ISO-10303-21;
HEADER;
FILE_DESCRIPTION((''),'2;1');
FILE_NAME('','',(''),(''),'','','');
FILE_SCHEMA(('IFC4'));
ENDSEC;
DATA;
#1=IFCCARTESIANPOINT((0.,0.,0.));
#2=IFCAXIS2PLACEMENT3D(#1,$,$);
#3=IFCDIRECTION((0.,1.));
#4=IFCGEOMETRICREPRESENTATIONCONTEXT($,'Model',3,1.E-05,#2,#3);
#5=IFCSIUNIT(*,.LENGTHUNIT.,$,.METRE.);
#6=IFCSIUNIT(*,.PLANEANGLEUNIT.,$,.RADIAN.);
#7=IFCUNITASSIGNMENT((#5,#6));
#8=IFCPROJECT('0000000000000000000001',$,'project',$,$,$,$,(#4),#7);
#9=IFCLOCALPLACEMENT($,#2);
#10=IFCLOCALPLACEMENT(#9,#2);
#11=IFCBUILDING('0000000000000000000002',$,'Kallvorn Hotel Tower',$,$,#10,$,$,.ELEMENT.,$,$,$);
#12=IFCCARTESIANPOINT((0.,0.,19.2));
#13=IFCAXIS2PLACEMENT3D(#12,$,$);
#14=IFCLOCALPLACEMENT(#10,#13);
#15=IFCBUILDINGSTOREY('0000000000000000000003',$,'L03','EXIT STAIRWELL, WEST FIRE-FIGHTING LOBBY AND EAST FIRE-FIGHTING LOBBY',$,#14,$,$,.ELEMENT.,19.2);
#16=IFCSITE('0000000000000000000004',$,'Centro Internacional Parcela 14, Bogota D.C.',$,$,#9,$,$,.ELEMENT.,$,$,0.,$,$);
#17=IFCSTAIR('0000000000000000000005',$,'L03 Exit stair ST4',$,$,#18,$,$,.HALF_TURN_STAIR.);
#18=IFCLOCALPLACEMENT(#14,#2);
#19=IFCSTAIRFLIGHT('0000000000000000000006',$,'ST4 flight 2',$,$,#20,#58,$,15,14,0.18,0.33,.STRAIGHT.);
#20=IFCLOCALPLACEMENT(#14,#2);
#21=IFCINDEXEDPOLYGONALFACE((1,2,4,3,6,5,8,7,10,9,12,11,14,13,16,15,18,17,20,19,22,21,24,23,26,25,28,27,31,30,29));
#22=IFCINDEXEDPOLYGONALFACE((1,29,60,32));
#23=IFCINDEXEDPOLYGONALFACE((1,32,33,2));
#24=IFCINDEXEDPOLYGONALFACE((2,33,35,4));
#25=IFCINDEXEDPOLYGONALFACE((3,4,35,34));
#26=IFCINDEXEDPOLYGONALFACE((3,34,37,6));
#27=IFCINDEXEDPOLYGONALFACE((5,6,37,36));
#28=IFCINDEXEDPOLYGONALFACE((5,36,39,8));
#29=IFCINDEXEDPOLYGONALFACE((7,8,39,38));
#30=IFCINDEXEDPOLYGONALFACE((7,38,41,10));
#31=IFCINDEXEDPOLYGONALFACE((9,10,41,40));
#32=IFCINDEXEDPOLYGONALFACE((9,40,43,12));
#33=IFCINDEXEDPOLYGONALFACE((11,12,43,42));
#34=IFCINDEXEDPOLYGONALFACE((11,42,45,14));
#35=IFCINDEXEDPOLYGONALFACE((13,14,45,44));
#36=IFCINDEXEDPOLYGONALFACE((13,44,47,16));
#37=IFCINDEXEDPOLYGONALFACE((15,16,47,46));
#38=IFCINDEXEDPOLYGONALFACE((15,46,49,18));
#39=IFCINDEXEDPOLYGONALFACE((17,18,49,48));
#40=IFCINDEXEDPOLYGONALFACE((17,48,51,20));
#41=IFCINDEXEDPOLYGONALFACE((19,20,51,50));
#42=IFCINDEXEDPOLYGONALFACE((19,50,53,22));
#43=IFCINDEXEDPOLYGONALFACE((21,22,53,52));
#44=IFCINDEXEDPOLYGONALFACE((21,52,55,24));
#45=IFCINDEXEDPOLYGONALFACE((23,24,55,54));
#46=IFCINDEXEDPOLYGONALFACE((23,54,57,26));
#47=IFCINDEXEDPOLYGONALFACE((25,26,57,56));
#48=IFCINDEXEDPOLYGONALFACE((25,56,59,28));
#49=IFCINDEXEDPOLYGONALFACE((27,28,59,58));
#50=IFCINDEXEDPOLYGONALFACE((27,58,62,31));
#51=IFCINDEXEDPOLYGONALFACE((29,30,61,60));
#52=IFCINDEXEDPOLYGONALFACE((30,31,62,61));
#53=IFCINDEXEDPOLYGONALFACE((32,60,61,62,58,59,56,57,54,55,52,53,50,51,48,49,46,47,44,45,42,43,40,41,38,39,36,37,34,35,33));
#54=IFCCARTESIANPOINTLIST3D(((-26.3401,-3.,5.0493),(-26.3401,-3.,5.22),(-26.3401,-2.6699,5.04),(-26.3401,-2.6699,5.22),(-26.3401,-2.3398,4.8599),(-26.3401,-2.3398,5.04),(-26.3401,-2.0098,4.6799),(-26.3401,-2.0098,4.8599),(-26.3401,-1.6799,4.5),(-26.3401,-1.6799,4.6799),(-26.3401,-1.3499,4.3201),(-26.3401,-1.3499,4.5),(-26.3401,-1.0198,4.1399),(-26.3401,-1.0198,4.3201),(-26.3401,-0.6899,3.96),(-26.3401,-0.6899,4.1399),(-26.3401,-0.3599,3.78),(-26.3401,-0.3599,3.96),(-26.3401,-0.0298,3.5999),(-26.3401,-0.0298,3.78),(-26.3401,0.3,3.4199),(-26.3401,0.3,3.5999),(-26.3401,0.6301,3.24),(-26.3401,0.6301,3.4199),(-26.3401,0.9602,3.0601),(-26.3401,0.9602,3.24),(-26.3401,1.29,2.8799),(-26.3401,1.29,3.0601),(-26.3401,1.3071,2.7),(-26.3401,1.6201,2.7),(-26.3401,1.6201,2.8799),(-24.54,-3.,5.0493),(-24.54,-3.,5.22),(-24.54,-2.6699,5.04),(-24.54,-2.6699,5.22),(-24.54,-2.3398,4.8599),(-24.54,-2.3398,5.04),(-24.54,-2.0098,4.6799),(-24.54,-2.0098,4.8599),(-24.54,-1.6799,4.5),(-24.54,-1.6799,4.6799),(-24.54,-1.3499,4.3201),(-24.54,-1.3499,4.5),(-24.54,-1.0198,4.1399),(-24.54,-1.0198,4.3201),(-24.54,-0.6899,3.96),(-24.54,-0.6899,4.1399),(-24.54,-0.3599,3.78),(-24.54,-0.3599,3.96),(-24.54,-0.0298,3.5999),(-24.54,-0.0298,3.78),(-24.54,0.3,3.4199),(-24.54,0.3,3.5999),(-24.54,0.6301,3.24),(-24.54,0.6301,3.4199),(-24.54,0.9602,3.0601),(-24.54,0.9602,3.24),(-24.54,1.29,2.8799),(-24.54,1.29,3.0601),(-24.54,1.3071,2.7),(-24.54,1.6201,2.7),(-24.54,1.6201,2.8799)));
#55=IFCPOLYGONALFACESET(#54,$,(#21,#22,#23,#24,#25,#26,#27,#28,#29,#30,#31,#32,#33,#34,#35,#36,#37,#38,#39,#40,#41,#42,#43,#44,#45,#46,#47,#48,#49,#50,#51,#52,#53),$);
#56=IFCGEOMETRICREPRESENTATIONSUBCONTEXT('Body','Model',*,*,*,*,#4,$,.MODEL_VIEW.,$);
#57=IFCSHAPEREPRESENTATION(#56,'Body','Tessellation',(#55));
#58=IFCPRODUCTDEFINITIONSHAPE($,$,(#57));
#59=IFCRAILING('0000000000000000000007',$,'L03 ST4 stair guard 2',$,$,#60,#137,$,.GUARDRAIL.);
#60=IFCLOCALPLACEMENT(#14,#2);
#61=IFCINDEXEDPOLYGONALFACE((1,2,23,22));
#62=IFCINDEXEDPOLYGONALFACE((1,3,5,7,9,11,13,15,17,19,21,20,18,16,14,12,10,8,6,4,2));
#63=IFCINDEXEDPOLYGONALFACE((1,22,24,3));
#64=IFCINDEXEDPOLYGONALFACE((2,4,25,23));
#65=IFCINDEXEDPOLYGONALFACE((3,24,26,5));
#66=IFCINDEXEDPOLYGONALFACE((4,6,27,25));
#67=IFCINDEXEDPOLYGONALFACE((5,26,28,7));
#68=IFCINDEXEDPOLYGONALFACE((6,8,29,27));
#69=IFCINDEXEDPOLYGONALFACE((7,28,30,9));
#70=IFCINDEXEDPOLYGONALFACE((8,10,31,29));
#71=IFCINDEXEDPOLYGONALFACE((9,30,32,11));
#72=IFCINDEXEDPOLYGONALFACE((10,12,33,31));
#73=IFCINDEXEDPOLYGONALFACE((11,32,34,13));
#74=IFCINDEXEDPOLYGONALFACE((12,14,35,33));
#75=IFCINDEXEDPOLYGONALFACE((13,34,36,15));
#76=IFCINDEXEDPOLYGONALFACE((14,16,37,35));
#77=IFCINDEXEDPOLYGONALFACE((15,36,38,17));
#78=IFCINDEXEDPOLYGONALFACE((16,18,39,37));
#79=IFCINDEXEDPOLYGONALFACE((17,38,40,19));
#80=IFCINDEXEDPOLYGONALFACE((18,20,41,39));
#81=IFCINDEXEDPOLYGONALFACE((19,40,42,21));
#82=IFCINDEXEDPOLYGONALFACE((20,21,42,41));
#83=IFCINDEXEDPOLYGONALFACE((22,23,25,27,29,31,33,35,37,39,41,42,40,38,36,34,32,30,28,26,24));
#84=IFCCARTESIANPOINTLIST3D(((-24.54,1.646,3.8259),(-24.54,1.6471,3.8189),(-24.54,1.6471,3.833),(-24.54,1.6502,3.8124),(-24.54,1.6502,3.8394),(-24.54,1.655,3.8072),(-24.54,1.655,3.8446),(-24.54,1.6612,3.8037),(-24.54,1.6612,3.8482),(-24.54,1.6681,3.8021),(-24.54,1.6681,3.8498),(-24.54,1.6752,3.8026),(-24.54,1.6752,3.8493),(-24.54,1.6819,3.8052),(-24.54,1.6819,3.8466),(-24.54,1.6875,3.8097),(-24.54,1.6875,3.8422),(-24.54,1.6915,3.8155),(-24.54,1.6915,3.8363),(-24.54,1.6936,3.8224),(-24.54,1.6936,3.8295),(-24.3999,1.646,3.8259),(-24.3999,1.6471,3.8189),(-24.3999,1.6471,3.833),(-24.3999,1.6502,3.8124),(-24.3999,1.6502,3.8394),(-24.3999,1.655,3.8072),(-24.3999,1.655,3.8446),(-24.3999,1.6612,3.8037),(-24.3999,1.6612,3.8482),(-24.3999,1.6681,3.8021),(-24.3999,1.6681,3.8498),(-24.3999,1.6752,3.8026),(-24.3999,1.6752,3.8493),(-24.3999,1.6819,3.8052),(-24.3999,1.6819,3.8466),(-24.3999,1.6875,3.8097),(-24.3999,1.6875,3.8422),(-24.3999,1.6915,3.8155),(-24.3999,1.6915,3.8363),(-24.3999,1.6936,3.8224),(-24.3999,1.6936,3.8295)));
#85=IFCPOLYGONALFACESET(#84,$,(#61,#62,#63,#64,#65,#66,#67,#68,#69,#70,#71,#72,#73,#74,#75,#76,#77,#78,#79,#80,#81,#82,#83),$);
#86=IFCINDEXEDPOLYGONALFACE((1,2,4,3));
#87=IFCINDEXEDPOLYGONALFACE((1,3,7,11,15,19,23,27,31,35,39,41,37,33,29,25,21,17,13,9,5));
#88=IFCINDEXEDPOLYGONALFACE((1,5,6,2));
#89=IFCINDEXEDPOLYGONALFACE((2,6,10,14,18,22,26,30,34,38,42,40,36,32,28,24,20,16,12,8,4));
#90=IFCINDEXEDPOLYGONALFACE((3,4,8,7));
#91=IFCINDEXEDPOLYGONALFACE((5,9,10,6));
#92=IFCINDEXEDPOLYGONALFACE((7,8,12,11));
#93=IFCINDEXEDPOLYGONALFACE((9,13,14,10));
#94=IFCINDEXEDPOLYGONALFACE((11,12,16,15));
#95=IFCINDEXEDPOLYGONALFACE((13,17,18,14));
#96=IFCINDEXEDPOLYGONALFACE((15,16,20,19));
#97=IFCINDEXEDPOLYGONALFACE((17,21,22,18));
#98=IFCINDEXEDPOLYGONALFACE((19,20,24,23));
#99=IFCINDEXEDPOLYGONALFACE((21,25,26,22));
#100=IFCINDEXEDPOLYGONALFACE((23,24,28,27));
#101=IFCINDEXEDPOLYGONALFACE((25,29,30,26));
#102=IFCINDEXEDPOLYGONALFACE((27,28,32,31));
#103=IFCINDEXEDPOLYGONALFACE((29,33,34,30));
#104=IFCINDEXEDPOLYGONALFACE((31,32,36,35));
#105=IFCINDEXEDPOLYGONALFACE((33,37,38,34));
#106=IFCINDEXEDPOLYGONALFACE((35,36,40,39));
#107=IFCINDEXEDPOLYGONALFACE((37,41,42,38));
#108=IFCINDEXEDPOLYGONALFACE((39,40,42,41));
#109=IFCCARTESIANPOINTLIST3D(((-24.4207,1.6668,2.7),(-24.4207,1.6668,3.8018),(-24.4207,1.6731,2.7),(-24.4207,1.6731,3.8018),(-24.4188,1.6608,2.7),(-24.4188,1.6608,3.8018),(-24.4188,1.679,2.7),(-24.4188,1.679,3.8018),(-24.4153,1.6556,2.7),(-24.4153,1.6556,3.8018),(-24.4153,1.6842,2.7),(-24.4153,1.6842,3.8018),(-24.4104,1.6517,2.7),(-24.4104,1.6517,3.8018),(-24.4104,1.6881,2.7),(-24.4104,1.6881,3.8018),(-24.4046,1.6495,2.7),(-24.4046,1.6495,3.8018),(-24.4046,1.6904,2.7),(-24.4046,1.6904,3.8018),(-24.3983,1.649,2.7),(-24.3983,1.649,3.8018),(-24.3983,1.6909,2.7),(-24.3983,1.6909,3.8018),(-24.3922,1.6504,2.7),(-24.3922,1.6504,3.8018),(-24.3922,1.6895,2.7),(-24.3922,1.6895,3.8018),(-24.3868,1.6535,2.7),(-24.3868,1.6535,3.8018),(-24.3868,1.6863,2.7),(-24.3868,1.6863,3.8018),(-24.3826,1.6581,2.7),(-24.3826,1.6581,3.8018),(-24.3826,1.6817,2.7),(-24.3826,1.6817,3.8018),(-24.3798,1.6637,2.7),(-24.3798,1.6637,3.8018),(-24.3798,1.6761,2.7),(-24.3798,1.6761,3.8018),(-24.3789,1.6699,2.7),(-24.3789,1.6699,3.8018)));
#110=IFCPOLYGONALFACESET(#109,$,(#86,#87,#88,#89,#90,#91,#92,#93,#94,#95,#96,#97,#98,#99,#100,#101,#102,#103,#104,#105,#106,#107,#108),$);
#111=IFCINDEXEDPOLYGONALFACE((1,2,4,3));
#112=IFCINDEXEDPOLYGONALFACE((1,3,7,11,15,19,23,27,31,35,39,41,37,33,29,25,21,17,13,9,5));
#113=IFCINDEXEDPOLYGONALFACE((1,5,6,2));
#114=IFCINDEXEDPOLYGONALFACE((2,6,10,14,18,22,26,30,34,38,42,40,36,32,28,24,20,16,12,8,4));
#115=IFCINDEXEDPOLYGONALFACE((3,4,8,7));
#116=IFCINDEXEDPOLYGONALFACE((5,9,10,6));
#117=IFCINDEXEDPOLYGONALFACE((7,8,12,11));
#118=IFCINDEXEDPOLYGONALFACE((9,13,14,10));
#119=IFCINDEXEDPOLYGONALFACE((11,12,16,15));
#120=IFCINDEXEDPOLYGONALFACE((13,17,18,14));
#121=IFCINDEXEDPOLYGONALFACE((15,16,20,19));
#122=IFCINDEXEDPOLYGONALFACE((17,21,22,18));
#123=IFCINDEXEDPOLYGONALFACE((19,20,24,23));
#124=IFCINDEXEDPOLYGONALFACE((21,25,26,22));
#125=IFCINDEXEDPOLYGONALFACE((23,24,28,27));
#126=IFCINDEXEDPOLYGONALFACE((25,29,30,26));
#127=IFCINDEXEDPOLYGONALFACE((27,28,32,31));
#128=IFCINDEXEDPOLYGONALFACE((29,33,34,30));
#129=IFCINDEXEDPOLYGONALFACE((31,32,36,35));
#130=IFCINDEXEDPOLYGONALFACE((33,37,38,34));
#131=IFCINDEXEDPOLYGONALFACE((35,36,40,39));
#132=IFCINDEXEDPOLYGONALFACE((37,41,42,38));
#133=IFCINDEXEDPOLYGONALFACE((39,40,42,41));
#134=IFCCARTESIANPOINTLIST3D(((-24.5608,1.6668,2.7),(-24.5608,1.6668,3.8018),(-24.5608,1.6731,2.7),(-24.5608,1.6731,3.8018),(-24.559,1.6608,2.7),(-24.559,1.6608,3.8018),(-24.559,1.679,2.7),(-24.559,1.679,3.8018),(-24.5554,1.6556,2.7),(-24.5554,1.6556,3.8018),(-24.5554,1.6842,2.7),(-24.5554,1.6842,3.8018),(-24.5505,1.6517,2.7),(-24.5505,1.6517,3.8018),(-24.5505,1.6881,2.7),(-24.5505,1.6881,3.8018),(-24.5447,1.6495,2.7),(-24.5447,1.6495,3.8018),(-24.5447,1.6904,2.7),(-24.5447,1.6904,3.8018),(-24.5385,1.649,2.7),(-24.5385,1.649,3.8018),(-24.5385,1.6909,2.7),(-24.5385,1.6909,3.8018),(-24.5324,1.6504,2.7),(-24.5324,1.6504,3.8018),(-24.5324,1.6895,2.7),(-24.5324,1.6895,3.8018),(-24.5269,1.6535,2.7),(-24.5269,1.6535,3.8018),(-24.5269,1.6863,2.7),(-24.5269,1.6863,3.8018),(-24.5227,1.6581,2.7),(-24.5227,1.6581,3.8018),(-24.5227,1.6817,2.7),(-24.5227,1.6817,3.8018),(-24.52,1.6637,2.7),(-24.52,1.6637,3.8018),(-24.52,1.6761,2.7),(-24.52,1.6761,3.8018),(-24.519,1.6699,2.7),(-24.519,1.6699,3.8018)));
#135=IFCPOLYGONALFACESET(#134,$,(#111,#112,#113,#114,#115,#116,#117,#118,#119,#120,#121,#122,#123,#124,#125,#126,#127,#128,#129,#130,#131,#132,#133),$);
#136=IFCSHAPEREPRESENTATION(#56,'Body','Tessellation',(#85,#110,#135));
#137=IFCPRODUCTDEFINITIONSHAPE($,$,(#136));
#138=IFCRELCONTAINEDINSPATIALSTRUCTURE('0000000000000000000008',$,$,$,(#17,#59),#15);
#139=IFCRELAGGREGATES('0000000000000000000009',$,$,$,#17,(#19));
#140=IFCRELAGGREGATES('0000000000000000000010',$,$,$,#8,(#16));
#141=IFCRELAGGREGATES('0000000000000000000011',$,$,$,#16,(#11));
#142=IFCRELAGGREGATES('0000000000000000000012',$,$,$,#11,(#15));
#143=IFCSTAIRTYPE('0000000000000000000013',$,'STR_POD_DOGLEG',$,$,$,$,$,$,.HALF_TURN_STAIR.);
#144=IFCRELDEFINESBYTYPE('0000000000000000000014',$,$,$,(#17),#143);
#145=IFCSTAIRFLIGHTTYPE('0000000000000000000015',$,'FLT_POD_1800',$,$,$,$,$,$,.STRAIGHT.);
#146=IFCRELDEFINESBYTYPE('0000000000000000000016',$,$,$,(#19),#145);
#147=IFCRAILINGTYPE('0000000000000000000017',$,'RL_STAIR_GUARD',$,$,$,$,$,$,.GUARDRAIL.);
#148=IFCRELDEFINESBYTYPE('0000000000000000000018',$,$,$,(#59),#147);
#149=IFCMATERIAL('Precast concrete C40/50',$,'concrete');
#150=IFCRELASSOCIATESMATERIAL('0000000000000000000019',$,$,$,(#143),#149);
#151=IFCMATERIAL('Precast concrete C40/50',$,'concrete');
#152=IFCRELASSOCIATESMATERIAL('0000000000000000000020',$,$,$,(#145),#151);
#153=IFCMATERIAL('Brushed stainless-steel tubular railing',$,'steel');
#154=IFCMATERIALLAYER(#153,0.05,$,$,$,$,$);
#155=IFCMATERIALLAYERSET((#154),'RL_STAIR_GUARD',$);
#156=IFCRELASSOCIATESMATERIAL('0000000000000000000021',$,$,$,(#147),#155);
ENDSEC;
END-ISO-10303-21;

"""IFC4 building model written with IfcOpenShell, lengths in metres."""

from ifc_helpers import new_model, si_unit, direction, frame, origin, origin_2d, place, context, subcontext, project, spatial, polyline, circle, outline, extrude, material, layer, layer_set, type_object, element, aggregate, save


model = new_model("IFC4")

# Units and contexts
model_context = context("Model", 3, precision=1e-05, world=origin(), true_north=direction((0.0, 1.0)))
body_context = subcontext(model_context, "Body", "Model", "MODEL_VIEW")
ifc_project = project(units=[si_unit("LENGTHUNIT", "METRE"), si_unit("PLANEANGLEUNIT", "RADIAN")], contexts=[model_context])

# Site, building, storey
site_placement = place(None, origin())
site = spatial("IfcSite", under=ifc_project, at=site_placement, Name="Centro Internacional Parcela 14, Bogota D.C.", CompositionType="ELEMENT", RefElevation=0.0)
building_placement = place(site_placement, origin())
building = spatial("IfcBuilding", under=site, at=building_placement, Name="Kallvorn Hotel Tower", CompositionType="ELEMENT")
storey_placement = place(building_placement, frame((0.0, 0.0, 19.2)))
storey = spatial("IfcBuildingStorey", under=building, at=storey_placement, Name="L03", Description="EXIT STAIRWELL, WEST FIRE-FIGHTING LOBBY AND EAST FIRE-FIGHTING LOBBY", CompositionType="ELEMENT", Elevation=19.2)

# Stair, stair flight
ifc_material_1 = material(Name="Precast concrete C40/50", Category="concrete")
stair_type = type_object("IfcStairType", Name="STR_POD_DOGLEG", PredefinedType="HALF_TURN_STAIR", material=ifc_material_1)
stair_placement = place(storey_placement, origin())
stair = element("IfcStair", 1, at=stair_placement, inside=storey, type_object=stair_type, Name="L03 Exit stair ST4", PredefinedType="HALF_TURN_STAIR")
ifc_material_2 = material(Name="Precast concrete C40/50", Category="concrete")
stair_flight_type = type_object("IfcStairFlightType", Name="FLT_POD_1800", PredefinedType="STRAIGHT", material=ifc_material_2)
stair_flight_placement = place(storey_placement, frame((-25.4399, 1.6201, 2.7), z_axis=(0.0, 0.0, 1.0), x_axis=(0.0, -1.0, 0.0)))
stair_flight = element("IfcStairFlight", 2, at=stair_flight_placement, type_object=stair_flight_type, Name="ST4 flight 2", NumberOfRisers=15, NumberOfTreads=14, PredefinedType="STRAIGHT", RiserHeight=0.18, TreadLength=0.33, context=body_context, shape_type="SweptSolid", body=[
    extrude(outline(polyline([(0.0, 0.0), (0.0, 0.1799), (0.3301, 0.1799), (0.3301, 0.3601), (0.6599, 0.3601), (0.6599, 0.54), (0.99, 0.54), (0.99, 0.72), (1.3201, 0.72), (1.3201, 0.8999), (1.6499, 0.8999), (1.6499, 1.0801), (1.98, 1.0801), (1.98, 1.26), (2.3101, 1.26), (2.3101, 1.4399), (2.6399, 1.4399), (2.6399, 1.6201), (2.97, 1.6201), (2.97, 1.8), (3.3, 1.8), (3.3, 1.98), (3.6299, 1.98), (3.6299, 2.1599), (3.96, 2.1599), (3.96, 2.3401), (4.29, 2.3401), (4.29, 2.52), (4.6201, 2.52), (4.6201, 2.7), (4.6201, 2.3494), (0.313, 0.0), (0.0, 0.0)])), frame((0.0, 0.8999, 0.0), z_axis=(0.0, -1.0, 0.0), x_axis=(1.0, 0.0, 0.0)), (0.0, 0.0, 1.0), 1.8),
])
aggregate(stair, [stair_flight])

# Railing
ifc_material_3 = material(Name="Brushed stainless-steel tubular railing", Category="steel")
ifc_layer_1 = layer(ifc_material_3, 0.05)
ifc_layer_set_1 = layer_set([ifc_layer_1], Name="RL_STAIR_GUARD")
railing_type_1 = type_object("IfcRailingType", Name="RL_STAIR_GUARD", PredefinedType="GUARDRAIL", material=ifc_layer_set_1)
railing_1_placement = place(storey_placement, frame((-24.3999, 1.6699, 2.7)))
element("IfcRailing", 3, at=railing_1_placement, inside=storey, type_object=railing_type_1, Name="L03 ST4 stair guard 2", PredefinedType="GUARDRAIL", context=body_context, shape_type="SweptSolid", body=[
    extrude(circle(Radius=0.0239, at=origin_2d()), frame((0.0, 0.0, 1.126), z_axis=(-1.0, 0.0, 0.0), x_axis=(0.0, -1.0, 0.0)), (0.0, 0.0, 1.0), 0.1401),
    extrude(circle(Radius=0.021, at=origin_2d()), origin(), (0.0, 0.0, 1.0), 1.1018),
    extrude(circle(Radius=0.021, at=origin_2d()), frame((-0.1401, 0.0, 0.0)), (0.0, 0.0, 1.0), 1.1018),
])

save(model, "model.ifc")
